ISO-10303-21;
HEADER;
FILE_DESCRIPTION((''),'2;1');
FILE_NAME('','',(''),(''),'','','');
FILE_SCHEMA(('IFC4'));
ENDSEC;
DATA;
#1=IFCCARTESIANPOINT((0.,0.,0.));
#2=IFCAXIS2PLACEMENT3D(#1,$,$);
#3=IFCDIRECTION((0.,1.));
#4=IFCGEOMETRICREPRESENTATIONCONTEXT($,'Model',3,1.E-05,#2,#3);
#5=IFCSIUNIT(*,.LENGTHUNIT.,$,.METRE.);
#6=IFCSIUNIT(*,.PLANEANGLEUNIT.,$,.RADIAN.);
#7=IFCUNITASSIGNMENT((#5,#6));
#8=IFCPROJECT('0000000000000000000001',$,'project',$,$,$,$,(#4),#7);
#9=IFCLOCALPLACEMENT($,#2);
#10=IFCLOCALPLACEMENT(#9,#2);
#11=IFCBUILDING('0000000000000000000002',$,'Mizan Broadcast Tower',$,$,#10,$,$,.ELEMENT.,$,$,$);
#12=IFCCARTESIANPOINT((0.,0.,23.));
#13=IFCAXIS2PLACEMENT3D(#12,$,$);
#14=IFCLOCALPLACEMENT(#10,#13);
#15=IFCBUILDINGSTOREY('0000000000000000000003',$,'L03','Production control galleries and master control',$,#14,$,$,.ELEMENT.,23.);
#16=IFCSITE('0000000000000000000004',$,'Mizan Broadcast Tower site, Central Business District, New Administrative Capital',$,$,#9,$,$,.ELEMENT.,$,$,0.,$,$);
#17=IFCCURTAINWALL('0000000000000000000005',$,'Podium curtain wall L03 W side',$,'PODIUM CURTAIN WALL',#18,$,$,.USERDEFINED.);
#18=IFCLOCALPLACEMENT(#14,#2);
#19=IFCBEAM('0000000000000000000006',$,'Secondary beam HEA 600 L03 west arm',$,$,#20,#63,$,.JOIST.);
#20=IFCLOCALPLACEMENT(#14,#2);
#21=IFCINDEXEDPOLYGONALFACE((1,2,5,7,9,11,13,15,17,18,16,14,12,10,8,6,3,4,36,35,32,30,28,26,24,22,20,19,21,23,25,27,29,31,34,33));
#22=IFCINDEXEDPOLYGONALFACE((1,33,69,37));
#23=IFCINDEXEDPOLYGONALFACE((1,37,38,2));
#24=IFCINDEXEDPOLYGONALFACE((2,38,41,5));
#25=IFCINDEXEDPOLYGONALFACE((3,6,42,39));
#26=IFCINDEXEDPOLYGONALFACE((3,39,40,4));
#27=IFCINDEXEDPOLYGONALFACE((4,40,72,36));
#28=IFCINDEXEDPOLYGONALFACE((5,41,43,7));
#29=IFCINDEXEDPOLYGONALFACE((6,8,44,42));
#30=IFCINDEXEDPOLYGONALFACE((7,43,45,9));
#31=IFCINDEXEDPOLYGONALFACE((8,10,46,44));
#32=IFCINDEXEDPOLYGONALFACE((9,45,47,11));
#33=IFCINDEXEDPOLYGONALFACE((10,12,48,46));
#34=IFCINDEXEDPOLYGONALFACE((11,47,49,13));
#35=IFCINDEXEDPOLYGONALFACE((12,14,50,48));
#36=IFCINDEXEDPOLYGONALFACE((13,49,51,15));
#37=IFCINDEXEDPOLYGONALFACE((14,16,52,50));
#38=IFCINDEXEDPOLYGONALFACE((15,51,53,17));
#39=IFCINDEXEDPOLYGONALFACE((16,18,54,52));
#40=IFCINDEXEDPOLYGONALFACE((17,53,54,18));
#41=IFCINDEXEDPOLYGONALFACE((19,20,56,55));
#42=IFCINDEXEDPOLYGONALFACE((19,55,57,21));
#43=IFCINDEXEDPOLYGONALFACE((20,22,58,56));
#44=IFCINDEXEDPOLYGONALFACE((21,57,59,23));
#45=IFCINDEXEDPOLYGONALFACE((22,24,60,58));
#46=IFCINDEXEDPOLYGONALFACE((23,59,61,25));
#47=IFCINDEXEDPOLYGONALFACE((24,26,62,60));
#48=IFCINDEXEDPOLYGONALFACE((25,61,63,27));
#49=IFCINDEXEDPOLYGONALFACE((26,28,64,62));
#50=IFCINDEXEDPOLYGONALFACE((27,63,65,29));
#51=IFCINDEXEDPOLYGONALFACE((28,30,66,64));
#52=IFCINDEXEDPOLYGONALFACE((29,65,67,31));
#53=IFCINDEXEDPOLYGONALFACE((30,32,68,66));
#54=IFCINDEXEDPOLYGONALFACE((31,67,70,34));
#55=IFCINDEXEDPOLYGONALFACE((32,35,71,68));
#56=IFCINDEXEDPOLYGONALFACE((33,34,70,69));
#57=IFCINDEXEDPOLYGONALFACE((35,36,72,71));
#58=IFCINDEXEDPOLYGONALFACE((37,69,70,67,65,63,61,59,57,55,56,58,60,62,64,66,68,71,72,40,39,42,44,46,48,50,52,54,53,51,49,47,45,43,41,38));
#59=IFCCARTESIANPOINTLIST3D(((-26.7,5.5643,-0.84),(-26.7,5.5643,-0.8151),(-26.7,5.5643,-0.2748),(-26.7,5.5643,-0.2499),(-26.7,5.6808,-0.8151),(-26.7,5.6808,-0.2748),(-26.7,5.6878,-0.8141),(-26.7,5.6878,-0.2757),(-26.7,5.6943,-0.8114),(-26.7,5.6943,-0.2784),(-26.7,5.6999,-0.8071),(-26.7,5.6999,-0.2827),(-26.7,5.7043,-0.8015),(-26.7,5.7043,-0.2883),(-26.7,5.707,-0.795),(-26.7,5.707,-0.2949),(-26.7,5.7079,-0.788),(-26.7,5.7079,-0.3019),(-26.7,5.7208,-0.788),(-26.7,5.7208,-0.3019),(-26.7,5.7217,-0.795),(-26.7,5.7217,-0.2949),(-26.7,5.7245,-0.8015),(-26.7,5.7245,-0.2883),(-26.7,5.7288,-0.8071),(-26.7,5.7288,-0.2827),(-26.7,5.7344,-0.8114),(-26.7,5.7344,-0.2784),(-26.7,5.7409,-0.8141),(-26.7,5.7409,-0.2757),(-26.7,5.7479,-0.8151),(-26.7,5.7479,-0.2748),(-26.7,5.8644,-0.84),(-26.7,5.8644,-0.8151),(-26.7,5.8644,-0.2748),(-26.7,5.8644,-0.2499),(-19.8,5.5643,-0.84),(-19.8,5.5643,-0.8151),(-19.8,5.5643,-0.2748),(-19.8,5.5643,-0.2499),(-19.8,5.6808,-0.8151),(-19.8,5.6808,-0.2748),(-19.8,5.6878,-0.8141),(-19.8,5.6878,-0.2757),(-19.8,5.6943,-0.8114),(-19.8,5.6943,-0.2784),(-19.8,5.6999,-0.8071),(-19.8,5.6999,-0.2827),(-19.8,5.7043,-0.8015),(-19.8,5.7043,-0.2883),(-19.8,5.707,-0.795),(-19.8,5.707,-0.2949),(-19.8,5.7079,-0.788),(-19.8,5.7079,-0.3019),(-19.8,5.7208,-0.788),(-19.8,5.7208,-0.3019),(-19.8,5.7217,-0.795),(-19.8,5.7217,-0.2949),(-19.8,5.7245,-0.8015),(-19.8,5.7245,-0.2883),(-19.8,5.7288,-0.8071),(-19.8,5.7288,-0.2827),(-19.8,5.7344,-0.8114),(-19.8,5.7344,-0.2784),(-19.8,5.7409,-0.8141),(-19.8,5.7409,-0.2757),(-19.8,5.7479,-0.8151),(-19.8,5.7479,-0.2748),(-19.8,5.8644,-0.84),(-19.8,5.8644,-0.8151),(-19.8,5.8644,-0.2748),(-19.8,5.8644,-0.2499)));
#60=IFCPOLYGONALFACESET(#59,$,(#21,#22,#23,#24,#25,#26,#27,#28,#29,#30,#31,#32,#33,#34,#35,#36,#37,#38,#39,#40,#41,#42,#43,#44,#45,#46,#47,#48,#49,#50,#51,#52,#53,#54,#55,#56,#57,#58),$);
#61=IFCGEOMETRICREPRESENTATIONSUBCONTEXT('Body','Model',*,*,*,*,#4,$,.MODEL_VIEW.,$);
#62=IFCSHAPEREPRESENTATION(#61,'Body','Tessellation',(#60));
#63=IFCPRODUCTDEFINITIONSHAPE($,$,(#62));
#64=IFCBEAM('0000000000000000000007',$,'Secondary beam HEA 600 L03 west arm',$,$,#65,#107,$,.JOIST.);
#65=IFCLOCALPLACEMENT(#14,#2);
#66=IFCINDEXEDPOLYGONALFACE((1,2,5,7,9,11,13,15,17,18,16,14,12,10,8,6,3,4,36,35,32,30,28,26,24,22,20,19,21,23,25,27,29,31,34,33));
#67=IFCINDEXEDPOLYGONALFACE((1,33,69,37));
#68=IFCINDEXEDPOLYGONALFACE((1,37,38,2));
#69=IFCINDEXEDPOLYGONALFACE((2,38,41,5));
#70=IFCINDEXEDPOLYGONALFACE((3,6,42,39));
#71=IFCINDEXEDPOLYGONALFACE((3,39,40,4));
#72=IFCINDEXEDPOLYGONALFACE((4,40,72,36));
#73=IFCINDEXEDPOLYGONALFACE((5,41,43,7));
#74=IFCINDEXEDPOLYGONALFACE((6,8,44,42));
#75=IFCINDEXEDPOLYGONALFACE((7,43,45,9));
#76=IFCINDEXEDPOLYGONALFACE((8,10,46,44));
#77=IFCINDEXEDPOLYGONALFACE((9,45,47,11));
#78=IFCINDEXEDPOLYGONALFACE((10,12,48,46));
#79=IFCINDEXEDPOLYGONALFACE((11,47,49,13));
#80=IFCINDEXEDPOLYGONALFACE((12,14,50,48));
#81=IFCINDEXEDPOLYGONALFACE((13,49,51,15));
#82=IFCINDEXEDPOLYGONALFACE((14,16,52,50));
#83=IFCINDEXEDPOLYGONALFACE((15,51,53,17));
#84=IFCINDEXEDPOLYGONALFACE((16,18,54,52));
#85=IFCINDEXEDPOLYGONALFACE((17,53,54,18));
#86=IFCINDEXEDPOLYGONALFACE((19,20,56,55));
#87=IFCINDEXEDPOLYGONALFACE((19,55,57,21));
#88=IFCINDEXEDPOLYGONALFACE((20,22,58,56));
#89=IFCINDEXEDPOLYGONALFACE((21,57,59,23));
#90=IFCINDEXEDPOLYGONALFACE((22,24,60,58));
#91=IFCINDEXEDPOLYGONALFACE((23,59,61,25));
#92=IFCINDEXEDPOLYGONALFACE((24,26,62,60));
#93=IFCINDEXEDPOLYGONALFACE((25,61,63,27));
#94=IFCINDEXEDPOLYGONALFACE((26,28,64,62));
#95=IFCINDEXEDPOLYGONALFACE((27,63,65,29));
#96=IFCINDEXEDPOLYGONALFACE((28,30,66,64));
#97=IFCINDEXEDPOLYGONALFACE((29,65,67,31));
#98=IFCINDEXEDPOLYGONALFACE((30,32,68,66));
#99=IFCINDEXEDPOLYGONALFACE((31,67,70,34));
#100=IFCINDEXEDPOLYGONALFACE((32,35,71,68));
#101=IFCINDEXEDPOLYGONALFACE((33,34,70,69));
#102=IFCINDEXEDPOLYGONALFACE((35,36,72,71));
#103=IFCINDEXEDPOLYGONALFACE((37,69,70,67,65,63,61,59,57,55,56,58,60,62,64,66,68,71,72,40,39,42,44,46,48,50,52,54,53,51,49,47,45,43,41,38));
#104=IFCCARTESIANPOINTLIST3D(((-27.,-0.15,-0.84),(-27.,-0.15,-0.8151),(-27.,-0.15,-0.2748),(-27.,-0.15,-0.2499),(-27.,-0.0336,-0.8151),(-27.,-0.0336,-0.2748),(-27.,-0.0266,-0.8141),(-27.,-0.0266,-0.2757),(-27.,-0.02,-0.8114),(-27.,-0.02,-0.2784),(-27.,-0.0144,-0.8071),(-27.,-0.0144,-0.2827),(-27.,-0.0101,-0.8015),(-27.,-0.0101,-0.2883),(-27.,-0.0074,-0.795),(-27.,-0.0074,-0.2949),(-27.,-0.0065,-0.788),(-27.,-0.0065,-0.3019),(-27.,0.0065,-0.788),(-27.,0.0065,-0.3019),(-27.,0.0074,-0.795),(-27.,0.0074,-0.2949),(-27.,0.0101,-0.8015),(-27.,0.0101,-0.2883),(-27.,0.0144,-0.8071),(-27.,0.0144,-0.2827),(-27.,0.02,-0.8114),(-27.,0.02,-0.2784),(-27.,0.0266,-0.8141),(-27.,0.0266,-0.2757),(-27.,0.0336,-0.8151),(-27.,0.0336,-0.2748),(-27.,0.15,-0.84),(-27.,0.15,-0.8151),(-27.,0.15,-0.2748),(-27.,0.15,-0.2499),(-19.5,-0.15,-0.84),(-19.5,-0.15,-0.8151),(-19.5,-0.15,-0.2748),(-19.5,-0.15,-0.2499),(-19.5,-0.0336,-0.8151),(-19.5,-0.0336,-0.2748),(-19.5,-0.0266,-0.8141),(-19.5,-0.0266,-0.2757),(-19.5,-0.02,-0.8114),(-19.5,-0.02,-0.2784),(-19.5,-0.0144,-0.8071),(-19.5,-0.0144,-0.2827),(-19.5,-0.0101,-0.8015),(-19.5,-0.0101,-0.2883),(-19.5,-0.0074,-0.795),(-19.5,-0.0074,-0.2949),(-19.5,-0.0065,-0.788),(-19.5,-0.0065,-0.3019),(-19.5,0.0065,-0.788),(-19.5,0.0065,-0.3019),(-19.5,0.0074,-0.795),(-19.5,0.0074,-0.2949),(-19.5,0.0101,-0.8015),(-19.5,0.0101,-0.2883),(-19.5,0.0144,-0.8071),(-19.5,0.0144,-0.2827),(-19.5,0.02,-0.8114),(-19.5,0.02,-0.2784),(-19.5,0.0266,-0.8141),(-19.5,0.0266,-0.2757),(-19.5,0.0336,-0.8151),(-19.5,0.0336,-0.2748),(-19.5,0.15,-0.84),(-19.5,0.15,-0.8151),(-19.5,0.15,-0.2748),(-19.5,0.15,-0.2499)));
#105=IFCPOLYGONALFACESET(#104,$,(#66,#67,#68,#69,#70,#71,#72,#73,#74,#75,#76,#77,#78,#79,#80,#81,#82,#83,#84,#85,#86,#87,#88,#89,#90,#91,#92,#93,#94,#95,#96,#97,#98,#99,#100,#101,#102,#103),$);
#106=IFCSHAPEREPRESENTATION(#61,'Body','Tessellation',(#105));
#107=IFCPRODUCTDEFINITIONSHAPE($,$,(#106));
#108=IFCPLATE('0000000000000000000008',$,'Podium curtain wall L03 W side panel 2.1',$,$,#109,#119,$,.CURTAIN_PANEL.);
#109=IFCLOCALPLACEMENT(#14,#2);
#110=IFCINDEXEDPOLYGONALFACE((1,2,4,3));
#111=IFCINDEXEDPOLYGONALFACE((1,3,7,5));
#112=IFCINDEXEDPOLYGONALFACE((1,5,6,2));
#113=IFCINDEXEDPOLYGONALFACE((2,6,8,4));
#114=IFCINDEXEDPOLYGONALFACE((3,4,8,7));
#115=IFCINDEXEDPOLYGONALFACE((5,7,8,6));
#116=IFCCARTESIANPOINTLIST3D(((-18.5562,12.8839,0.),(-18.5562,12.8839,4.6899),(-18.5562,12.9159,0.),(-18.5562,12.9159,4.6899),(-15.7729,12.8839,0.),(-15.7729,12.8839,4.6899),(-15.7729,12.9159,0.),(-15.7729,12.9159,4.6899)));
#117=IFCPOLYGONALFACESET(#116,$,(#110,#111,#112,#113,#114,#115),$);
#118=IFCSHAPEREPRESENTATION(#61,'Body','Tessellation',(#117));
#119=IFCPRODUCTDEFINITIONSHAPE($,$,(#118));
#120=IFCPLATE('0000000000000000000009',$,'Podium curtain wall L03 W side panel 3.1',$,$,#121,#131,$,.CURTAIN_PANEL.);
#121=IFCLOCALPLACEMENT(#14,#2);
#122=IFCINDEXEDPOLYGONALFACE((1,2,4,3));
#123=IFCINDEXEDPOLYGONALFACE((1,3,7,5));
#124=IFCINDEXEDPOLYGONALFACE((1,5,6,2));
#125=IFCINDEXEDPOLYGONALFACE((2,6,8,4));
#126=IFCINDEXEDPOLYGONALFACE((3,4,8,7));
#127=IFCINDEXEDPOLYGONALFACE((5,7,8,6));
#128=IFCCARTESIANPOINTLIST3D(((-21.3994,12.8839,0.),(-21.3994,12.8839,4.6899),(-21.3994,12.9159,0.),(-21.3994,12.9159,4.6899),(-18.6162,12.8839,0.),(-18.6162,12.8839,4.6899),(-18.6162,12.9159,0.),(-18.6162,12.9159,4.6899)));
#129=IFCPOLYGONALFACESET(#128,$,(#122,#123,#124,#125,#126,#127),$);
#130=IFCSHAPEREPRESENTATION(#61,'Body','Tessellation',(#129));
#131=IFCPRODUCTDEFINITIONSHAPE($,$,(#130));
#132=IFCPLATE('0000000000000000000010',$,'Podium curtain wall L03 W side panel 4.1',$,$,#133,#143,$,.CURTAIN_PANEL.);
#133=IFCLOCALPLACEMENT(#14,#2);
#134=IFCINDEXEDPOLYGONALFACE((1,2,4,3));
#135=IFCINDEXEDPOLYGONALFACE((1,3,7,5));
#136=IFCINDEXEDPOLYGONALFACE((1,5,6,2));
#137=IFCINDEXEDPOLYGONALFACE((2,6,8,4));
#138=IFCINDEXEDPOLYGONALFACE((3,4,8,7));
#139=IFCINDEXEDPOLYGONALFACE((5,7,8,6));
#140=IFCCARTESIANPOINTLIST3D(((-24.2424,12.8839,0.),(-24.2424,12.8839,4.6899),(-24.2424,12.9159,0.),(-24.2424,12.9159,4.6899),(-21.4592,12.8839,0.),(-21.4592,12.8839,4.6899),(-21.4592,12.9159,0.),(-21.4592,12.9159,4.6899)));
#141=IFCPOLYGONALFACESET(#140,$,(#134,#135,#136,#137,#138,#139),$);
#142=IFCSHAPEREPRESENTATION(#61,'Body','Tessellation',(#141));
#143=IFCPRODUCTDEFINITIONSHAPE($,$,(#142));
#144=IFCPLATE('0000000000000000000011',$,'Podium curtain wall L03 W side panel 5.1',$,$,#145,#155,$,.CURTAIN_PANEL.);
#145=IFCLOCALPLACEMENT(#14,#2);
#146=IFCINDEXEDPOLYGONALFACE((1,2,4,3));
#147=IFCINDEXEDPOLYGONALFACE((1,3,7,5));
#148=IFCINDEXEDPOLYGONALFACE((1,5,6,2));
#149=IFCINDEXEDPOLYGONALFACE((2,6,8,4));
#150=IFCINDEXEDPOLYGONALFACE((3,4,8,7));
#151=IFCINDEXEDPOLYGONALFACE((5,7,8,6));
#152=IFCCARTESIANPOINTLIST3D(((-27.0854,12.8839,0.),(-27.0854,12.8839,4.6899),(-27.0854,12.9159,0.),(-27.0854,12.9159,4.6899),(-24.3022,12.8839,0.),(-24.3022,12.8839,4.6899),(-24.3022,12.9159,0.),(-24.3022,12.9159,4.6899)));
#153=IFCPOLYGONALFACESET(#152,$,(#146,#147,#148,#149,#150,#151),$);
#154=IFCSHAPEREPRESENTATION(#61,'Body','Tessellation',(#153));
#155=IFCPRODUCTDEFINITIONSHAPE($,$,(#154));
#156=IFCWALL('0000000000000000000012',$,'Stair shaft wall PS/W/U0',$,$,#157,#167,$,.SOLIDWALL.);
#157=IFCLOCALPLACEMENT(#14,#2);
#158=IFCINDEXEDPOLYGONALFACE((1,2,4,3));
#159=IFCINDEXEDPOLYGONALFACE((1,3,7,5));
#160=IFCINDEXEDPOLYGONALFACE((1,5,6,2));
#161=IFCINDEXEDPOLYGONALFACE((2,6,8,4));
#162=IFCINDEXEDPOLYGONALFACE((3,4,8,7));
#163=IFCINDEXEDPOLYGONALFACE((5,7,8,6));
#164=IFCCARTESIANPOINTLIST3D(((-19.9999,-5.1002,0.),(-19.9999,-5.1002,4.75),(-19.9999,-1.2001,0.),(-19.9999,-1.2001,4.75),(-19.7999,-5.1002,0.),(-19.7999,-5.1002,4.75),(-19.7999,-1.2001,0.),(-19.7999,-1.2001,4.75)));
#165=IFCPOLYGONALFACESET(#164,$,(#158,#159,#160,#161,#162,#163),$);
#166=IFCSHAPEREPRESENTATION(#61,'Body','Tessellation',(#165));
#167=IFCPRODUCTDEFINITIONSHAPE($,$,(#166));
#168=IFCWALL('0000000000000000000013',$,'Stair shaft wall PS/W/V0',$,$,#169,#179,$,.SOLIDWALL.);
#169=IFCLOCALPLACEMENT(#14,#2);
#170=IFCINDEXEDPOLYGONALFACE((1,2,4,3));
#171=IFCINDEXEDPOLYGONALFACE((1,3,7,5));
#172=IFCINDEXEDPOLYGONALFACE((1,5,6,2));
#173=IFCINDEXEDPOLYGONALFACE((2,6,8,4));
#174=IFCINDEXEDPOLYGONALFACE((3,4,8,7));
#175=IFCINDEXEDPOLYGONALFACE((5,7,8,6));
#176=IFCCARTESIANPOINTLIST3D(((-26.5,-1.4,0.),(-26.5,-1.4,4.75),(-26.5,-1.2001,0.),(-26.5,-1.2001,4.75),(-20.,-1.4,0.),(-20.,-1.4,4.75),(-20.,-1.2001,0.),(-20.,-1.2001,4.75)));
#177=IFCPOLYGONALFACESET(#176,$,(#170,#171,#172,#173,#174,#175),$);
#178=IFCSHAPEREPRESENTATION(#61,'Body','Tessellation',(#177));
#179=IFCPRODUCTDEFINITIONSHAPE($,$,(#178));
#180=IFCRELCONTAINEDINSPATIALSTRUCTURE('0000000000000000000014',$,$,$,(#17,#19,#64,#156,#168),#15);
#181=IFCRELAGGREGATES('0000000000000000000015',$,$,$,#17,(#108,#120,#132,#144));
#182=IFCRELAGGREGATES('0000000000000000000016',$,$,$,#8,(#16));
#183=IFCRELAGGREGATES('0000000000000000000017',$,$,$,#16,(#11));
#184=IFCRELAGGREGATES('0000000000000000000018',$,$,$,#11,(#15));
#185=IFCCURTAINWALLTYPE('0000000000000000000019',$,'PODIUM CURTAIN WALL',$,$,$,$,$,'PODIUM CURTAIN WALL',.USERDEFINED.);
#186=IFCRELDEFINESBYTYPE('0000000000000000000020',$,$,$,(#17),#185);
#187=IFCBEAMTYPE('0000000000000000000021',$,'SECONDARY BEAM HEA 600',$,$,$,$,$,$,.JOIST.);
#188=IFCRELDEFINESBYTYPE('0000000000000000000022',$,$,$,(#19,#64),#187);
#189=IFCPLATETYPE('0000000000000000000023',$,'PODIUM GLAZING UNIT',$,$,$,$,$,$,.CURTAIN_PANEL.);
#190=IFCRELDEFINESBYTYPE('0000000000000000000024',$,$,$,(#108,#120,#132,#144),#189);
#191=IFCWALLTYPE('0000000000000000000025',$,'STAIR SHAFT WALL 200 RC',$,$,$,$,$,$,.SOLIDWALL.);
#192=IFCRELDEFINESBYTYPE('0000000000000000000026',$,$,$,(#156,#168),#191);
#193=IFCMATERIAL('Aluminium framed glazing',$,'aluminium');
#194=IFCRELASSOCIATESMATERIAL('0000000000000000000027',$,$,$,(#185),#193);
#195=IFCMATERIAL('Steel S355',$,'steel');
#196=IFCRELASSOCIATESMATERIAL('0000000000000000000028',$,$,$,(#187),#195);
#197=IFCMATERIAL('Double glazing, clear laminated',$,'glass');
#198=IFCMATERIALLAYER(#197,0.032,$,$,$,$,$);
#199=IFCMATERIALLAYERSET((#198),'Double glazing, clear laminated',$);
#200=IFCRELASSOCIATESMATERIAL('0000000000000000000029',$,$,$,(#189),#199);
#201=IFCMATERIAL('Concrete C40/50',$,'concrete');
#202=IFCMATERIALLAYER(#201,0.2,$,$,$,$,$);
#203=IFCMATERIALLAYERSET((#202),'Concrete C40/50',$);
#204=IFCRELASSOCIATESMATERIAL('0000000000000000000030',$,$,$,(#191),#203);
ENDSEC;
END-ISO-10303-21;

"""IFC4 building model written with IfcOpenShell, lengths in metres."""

from ifc_helpers import new_model, si_unit, direction, frame, frame_2d, origin, origin_2d, place, context, subcontext, project, spatial, rectangle, i_section, extrude, material, layer, layer_set, material_profile, profile_set, type_object, element, aggregate, save


model = new_model("IFC4")

# Units and contexts
model_context = context("Model", 3, precision=1e-05, world=origin(), true_north=direction((0.0, 1.0)))
body_context = subcontext(model_context, "Body", "Model", "MODEL_VIEW")
ifc_project = project(units=[si_unit("LENGTHUNIT", "METRE"), si_unit("PLANEANGLEUNIT", "RADIAN")], contexts=[model_context])

# Site, building, storey
site_placement = place(None, origin())
site = spatial("IfcSite", under=ifc_project, at=site_placement, Name="Mizan Broadcast Tower site, Central Business District, New Administrative Capital", CompositionType="ELEMENT", RefElevation=0.0)
building_placement = place(site_placement, origin())
building = spatial("IfcBuilding", under=site, at=building_placement, Name="Mizan Broadcast Tower", CompositionType="ELEMENT")
storey_placement = place(building_placement, frame((0.0, 0.0, 23.0)))
storey = spatial("IfcBuildingStorey", under=building, at=storey_placement, Name="L03", Description="Production control galleries and master control", CompositionType="ELEMENT", Elevation=23.0)

# Curtain wall
ifc_material_1 = material(Name="Aluminium framed glazing", Category="aluminium")
curtain_wall_type = type_object("IfcCurtainWallType", Name="PODIUM CURTAIN WALL", ElementType="PODIUM CURTAIN WALL", PredefinedType="USERDEFINED", material=ifc_material_1)
curtain_wall_placement = place(storey_placement, origin())
curtain_wall = element("IfcCurtainWall", 1, at=curtain_wall_placement, inside=storey, type_object=curtain_wall_type, Name="Podium curtain wall L03 W side", ObjectType="PODIUM CURTAIN WALL", PredefinedType="USERDEFINED")

# Beams
ifc_material_2 = material(Name="Steel S355", Category="steel")
ifc_material_profile_1 = material_profile(ifc_material_2, i_section(OverallWidth=0.3, OverallDepth=0.5901, WebThickness=0.0129, FlangeThickness=0.0249, FilletRadius=0.0271, at=origin_2d()), Name="HEA 600")
ifc_profile_set_1 = profile_set([ifc_material_profile_1], Name="Steel S355")
beam_type_1 = type_object("IfcBeamType", Name="SECONDARY BEAM HEA 600", PredefinedType="JOIST", material=ifc_profile_set_1)
beam_1_placement = place(storey_placement, frame((-19.8, 5.7144, -0.5449), z_axis=(-1.0, 0.0, 0.0), x_axis=(0.0, -1.0, 0.0)))
element("IfcBeam", 2, at=beam_1_placement, inside=storey, type_object=beam_type_1, Name="Secondary beam HEA 600 L03 west arm", PredefinedType="JOIST", context=body_context, shape_type="SweptSolid", body=[
    extrude(i_section(OverallWidth=0.3, OverallDepth=0.5901, WebThickness=0.0129, FlangeThickness=0.0249, FilletRadius=0.0271, at=origin_2d()), origin(), (0.0, 0.0, 1.0), 6.8999),
])
beam_2_placement = place(storey_placement, frame((-19.5, 0.0, -0.5449), z_axis=(-1.0, 0.0, 0.0), x_axis=(0.0, -1.0, 0.0)))
element("IfcBeam", 3, at=beam_2_placement, inside=storey, type_object=beam_type_1, Name="Secondary beam HEA 600 L03 west arm", PredefinedType="JOIST", context=body_context, shape_type="SweptSolid", body=[
    extrude(i_section(OverallWidth=0.3, OverallDepth=0.5901, WebThickness=0.0129, FlangeThickness=0.0249, FilletRadius=0.0271, at=origin_2d()), origin(), (0.0, 0.0, 1.0), 7.5),
])

# Plates
ifc_material_3 = material(Name="Double glazing, clear laminated", Category="glass")
ifc_layer_1 = layer(ifc_material_3, 0.032)
ifc_layer_set_1 = layer_set([ifc_layer_1], Name="Double glazing, clear laminated")
plate_type = type_object("IfcPlateType", Name="PODIUM GLAZING UNIT", PredefinedType="CURTAIN_PANEL", material=ifc_layer_set_1)
plate_1_placement = place(storey_placement, frame((-17.1646, 12.8999, 0.0), z_axis=(0.0, 0.0, 1.0), x_axis=(-1.0, 0.0, 0.0)))
plate_1 = element("IfcPlate", 4, at=plate_1_placement, type_object=plate_type, Name="Podium curtain wall L03 W side panel 2.1", PredefinedType="CURTAIN_PANEL", context=body_context, shape_type="SweptSolid", body=[
    extrude(rectangle(XDim=2.7832, YDim=0.032, at=origin_2d()), origin(), (0.0, 0.0, 1.0), 4.6899),
])
plate_2_placement = place(storey_placement, frame((-20.0078, 12.8999, 0.0), z_axis=(0.0, 0.0, 1.0), x_axis=(-1.0, 0.0, 0.0)))
plate_2 = element("IfcPlate", 5, at=plate_2_placement, type_object=plate_type, Name="Podium curtain wall L03 W side panel 3.1", PredefinedType="CURTAIN_PANEL", context=body_context, shape_type="SweptSolid", body=[
    extrude(rectangle(XDim=2.7832, YDim=0.032, at=origin_2d()), origin(), (0.0, 0.0, 1.0), 4.6899),
])
plate_3_placement = place(storey_placement, frame((-22.8508, 12.8999, 0.0), z_axis=(0.0, 0.0, 1.0), x_axis=(-1.0, 0.0, 0.0)))
plate_3 = element("IfcPlate", 6, at=plate_3_placement, type_object=plate_type, Name="Podium curtain wall L03 W side panel 4.1", PredefinedType="CURTAIN_PANEL", context=body_context, shape_type="SweptSolid", body=[
    extrude(rectangle(XDim=2.7832, YDim=0.032, at=origin_2d()), origin(), (0.0, 0.0, 1.0), 4.6899),
])
plate_4_placement = place(storey_placement, frame((-25.6938, 12.8999, 0.0), z_axis=(0.0, 0.0, 1.0), x_axis=(-1.0, 0.0, 0.0)))
plate_4 = element("IfcPlate", 7, at=plate_4_placement, type_object=plate_type, Name="Podium curtain wall L03 W side panel 5.1", PredefinedType="CURTAIN_PANEL", context=body_context, shape_type="SweptSolid", body=[
    extrude(rectangle(XDim=2.7832, YDim=0.032, at=origin_2d()), origin(), (0.0, 0.0, 1.0), 4.6899),
])
aggregate(curtain_wall, [plate_1, plate_2, plate_3, plate_4])

# Walls
ifc_material_4 = material(Name="Concrete C40/50", Category="concrete")
ifc_layer_2 = layer(ifc_material_4, 0.2)
ifc_layer_set_2 = layer_set([ifc_layer_2], Name="Concrete C40/50")
wall_type = type_object("IfcWallType", Name="STAIR SHAFT WALL 200 RC", PredefinedType="SOLIDWALL", material=ifc_layer_set_2)
wall_1_placement = place(storey_placement, frame((-19.8999, -1.2, 0.0), z_axis=(0.0, 0.0, 1.0), x_axis=(0.0, -1.0, 0.0)))
element("IfcWall", 8, at=wall_1_placement, inside=storey, type_object=wall_type, Name="Stair shaft wall PS/W/U0", PredefinedType="SOLIDWALL", context=body_context, shape_type="SweptSolid", body=[
    extrude(rectangle(XDim=3.9001, YDim=0.2, at=frame_2d((1.9502, 0.0))), origin(), (0.0, 0.0, 1.0), 4.75),
])
wall_2_placement = place(storey_placement, frame((-20.0, -1.3, 0.0), z_axis=(0.0, 0.0, 1.0), x_axis=(-1.0, 0.0, 0.0)))
element("IfcWall", 9, at=wall_2_placement, inside=storey, type_object=wall_type, Name="Stair shaft wall PS/W/V0", PredefinedType="SOLIDWALL", context=body_context, shape_type="SweptSolid", body=[
    extrude(rectangle(XDim=6.5, YDim=0.2, at=frame_2d((3.25, 0.0))), origin(), (0.0, 0.0, 1.0), 4.75),
])

save(model, "model.ifc")
